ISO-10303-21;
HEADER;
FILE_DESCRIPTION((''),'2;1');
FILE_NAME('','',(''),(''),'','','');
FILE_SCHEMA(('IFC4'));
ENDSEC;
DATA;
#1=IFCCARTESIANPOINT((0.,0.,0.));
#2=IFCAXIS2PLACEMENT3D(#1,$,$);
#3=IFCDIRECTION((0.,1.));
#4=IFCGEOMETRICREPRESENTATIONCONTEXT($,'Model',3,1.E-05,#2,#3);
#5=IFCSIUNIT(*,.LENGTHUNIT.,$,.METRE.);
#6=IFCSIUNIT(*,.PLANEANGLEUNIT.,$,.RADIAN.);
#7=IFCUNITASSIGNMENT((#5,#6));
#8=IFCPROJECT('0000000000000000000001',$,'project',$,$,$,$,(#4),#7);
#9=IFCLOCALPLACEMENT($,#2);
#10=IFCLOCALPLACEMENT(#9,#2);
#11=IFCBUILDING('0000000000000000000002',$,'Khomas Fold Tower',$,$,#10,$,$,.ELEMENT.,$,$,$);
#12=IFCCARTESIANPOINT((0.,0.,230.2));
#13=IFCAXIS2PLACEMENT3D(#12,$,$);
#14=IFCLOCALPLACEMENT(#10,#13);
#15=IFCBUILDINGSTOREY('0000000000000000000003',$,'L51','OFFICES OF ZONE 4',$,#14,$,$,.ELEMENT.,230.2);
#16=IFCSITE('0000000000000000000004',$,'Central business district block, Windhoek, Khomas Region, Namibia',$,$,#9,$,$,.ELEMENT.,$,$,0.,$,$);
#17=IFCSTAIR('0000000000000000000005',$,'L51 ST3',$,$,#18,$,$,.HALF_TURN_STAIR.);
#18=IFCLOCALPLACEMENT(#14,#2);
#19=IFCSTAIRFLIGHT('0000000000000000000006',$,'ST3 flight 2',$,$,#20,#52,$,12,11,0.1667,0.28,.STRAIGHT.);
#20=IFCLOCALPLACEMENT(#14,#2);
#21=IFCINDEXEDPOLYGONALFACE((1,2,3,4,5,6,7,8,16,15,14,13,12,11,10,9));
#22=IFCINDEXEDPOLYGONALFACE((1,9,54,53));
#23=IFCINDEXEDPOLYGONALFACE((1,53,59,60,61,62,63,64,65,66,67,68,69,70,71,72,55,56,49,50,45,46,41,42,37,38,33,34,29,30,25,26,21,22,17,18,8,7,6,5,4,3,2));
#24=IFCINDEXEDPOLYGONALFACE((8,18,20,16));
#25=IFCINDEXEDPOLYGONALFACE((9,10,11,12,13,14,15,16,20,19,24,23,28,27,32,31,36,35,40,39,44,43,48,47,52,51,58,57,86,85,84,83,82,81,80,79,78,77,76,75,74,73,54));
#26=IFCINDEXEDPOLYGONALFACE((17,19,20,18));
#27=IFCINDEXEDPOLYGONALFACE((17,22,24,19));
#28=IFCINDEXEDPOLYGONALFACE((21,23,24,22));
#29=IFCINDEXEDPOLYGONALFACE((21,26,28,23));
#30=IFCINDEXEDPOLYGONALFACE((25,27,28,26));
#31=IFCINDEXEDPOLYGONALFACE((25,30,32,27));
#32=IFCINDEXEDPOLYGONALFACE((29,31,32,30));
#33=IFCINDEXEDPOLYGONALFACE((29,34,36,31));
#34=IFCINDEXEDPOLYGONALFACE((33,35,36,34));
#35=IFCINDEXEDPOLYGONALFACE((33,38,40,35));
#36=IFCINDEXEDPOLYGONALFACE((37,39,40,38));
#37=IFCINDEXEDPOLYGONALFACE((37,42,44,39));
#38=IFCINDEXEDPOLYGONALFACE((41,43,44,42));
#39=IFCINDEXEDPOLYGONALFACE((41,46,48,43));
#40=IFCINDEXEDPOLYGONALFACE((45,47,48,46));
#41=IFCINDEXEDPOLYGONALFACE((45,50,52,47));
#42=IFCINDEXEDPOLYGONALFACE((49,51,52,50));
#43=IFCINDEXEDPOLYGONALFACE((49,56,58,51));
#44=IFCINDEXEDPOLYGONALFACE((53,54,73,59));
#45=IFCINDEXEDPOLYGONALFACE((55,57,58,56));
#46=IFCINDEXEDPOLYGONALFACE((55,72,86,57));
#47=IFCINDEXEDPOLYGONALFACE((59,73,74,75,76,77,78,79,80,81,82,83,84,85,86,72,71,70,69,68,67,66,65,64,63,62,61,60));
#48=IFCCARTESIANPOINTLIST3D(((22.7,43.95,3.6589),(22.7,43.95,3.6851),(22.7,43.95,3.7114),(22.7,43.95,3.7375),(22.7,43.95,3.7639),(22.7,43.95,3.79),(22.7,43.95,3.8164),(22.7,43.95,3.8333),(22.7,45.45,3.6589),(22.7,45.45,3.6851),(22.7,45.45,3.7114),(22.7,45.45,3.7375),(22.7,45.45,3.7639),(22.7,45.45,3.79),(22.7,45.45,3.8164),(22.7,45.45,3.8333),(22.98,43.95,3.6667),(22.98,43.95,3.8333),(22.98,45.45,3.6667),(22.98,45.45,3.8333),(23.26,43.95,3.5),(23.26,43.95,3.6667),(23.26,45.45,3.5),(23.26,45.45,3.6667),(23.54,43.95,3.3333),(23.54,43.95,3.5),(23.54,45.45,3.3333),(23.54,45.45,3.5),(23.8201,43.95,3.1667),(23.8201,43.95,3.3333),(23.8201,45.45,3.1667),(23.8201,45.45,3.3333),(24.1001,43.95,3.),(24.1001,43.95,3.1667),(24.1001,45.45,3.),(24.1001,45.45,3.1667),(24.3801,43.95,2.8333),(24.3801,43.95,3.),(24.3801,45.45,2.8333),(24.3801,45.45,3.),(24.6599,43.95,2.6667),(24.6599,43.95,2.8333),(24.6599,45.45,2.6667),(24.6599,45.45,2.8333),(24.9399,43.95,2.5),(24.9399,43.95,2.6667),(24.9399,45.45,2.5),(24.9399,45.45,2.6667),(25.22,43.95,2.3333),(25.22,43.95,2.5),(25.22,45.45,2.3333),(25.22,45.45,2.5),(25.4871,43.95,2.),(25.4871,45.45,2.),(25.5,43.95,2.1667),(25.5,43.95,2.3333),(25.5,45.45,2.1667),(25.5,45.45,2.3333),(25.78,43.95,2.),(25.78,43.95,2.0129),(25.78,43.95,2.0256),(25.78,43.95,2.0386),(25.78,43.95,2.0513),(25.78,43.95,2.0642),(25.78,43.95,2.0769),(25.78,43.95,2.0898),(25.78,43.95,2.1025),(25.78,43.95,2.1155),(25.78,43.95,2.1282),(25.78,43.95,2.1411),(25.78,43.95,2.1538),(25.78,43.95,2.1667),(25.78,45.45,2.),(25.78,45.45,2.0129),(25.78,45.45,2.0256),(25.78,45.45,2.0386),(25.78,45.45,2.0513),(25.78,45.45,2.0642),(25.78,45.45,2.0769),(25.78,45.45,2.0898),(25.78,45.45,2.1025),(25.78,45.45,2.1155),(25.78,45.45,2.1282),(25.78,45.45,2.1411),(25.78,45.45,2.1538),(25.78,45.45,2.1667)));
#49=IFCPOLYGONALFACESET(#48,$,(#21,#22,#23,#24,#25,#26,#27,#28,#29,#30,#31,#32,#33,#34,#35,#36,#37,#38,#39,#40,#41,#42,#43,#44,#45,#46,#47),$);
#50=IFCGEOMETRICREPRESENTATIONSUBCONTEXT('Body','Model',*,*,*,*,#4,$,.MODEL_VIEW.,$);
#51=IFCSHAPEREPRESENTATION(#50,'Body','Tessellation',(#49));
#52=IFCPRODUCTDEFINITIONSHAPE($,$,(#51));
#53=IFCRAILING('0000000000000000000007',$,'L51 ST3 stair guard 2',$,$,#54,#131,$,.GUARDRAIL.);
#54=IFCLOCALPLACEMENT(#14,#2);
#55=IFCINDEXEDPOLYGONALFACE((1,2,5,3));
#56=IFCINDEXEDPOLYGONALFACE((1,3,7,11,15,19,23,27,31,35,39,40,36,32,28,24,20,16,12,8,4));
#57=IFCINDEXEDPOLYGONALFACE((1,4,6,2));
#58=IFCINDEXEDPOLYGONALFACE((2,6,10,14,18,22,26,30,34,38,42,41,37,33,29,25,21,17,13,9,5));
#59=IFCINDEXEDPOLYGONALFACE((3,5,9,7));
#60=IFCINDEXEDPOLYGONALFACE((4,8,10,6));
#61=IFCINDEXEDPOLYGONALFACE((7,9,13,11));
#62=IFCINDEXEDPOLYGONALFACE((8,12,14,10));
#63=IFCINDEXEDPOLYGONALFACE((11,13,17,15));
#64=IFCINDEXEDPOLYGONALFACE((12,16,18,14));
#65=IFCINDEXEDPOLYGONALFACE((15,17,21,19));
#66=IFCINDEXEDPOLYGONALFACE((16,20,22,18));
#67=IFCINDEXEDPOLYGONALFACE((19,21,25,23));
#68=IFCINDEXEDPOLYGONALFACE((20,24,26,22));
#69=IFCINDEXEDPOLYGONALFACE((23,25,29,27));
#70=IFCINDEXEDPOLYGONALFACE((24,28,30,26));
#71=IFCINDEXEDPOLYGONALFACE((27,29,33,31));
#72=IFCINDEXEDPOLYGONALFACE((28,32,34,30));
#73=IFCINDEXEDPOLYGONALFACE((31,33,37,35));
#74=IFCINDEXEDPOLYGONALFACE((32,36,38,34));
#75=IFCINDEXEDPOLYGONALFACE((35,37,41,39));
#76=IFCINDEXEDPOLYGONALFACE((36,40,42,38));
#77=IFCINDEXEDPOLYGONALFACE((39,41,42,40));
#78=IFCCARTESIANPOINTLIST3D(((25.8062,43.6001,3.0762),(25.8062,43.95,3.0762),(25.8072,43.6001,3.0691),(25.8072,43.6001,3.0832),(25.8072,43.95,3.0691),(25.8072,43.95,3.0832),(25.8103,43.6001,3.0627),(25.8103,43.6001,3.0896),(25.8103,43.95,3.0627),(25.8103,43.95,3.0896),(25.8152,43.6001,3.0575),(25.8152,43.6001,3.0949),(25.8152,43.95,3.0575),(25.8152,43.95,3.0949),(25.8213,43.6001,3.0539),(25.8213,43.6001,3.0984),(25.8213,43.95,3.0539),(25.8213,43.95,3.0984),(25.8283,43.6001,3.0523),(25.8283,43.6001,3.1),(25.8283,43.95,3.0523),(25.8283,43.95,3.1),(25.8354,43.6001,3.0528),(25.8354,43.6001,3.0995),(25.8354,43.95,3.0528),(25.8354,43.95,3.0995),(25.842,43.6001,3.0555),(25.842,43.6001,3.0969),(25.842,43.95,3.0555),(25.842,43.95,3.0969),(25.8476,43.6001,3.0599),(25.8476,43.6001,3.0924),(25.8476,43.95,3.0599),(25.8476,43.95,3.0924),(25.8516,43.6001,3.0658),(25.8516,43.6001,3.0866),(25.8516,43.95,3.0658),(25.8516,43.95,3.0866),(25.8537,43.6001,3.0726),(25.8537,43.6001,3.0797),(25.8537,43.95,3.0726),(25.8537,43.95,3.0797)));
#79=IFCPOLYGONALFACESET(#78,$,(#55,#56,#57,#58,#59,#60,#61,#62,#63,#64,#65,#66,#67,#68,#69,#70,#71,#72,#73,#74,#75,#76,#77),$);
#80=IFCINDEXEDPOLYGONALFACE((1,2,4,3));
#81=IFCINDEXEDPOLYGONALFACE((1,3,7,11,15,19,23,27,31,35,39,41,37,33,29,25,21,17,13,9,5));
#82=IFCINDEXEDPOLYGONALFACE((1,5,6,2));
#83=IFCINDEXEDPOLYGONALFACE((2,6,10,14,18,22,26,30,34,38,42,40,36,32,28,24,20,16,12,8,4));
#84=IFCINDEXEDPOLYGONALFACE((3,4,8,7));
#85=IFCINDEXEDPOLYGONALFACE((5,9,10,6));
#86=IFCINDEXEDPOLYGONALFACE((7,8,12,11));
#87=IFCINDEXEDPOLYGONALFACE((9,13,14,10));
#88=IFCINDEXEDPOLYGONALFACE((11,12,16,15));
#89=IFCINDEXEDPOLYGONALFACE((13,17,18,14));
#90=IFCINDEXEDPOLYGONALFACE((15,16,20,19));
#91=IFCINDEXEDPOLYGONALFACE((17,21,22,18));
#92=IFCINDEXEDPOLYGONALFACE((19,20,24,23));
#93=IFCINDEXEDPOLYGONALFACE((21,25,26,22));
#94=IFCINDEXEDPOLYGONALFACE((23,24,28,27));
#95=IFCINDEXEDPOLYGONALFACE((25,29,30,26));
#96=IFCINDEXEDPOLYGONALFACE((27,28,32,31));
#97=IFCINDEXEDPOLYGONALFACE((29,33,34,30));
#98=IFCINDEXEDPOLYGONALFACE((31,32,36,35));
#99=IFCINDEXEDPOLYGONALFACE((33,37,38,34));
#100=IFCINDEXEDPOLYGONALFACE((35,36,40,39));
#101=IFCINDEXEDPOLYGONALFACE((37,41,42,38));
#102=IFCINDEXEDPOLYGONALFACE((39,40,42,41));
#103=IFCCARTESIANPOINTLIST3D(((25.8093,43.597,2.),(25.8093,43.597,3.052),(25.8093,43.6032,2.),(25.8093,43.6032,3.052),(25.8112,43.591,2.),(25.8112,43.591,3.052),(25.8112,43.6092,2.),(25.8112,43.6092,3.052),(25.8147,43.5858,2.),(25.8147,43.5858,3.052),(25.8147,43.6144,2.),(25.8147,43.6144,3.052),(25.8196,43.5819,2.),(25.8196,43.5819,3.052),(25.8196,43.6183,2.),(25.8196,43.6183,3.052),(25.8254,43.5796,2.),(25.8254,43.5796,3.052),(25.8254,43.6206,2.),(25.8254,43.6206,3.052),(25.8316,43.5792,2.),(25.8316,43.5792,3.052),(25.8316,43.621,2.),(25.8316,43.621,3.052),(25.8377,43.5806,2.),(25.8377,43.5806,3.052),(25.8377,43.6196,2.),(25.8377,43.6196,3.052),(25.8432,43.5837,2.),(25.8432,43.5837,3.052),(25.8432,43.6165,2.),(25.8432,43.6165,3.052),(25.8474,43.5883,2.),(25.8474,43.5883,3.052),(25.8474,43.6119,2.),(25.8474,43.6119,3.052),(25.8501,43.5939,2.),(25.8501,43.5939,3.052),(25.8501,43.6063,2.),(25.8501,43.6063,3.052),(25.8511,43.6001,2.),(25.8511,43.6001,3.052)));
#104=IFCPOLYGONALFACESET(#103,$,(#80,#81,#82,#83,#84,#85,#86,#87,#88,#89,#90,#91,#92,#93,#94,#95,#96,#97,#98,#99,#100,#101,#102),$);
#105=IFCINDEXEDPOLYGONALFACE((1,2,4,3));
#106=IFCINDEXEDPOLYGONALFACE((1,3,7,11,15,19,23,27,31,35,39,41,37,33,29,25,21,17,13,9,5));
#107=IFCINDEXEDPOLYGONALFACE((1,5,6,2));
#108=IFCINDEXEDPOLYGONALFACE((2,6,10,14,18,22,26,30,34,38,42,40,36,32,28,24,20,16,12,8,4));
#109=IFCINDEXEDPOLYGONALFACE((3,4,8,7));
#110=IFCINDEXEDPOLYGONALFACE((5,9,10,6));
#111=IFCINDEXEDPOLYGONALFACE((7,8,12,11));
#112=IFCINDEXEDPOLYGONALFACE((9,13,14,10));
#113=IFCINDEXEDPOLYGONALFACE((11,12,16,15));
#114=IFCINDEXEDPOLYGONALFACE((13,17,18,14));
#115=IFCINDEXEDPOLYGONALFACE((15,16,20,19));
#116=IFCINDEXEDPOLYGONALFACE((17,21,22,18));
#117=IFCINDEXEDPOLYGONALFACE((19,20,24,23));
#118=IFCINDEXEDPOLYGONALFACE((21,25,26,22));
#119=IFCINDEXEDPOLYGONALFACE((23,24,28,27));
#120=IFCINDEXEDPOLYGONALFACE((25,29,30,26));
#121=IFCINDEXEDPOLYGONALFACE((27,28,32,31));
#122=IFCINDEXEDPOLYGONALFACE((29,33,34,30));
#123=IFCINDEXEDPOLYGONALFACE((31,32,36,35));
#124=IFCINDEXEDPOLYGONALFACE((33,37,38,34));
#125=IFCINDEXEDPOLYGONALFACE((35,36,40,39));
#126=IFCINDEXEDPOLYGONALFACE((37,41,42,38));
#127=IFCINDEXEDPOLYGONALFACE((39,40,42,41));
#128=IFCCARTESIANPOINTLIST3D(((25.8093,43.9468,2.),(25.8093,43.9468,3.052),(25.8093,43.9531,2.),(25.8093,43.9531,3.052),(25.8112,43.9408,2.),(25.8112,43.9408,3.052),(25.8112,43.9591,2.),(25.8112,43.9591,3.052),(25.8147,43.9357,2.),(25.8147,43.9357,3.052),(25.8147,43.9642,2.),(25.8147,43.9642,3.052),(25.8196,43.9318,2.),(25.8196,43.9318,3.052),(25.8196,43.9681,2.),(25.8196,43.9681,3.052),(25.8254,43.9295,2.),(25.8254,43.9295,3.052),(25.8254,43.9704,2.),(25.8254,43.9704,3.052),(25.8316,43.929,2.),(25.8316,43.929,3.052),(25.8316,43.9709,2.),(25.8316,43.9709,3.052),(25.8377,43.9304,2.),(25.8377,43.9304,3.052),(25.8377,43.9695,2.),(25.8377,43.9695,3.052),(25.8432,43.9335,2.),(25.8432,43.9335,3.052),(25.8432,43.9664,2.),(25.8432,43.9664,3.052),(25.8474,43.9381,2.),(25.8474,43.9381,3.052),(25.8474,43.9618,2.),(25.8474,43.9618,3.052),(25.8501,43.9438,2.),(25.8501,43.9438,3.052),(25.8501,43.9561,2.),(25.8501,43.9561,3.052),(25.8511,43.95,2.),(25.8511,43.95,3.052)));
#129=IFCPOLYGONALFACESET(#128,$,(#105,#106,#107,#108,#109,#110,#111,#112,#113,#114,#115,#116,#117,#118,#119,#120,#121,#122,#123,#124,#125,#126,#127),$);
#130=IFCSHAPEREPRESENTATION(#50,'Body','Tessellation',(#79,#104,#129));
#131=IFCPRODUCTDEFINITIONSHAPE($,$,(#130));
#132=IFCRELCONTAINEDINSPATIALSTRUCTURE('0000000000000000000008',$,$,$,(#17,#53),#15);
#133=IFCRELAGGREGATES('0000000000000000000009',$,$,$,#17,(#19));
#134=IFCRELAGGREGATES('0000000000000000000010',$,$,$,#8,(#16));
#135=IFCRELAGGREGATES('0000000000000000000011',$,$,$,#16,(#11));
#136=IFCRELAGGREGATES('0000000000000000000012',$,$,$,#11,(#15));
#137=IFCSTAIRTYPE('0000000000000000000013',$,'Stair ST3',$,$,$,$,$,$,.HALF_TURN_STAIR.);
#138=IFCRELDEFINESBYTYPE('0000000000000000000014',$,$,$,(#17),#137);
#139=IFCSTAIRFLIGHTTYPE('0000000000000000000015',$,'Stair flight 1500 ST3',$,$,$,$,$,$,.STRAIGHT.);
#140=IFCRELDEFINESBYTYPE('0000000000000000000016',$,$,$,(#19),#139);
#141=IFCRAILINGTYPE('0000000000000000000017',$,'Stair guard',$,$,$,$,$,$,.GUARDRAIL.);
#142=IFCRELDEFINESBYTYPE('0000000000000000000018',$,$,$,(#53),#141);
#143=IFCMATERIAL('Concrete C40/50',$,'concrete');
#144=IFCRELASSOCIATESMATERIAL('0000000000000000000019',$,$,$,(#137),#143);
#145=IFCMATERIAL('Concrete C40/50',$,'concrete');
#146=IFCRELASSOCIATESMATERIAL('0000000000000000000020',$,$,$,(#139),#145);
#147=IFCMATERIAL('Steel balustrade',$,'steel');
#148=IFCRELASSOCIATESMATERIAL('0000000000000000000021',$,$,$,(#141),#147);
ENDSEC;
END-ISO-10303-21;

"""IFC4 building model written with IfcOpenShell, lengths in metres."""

from ifc_helpers import new_model, si_unit, direction, frame, origin, origin_2d, place, context, subcontext, project, spatial, polyline, circle, outline, extrude, source, transform, mapped, material, type_object, element, aggregate, save


model = new_model("IFC4")

# Units and contexts
model_context = context("Model", 3, precision=1e-05, world=origin(), true_north=direction((0.0, 1.0)))
body_context = subcontext(model_context, "Body", "Model", "MODEL_VIEW")
ifc_project = project(units=[si_unit("LENGTHUNIT", "METRE"), si_unit("PLANEANGLEUNIT", "RADIAN")], contexts=[model_context])

# Site, building, storey
site_placement = place(None, origin())
site = spatial("IfcSite", under=ifc_project, at=site_placement, Name="Central business district block, Windhoek, Khomas Region, Namibia", CompositionType="ELEMENT", RefElevation=0.0)
building_placement = place(site_placement, origin())
building = spatial("IfcBuilding", under=site, at=building_placement, Name="Khomas Fold Tower", CompositionType="ELEMENT")
storey_placement = place(building_placement, frame((0.0, 0.0, 230.2)))
storey = spatial("IfcBuildingStorey", under=building, at=storey_placement, Name="L51", Description="OFFICES OF ZONE 4", CompositionType="ELEMENT", Elevation=230.2)

# Stair, stair flight
ifc_material_1 = material(Name="Concrete C40/50", Category="concrete")
stair_type = type_object("IfcStairType", Name="Stair ST3", PredefinedType="HALF_TURN_STAIR", material=ifc_material_1)
stair_placement = place(storey_placement, origin())
stair = element("IfcStair", 1, at=stair_placement, inside=storey, type_object=stair_type, Name="L51 ST3", PredefinedType="HALF_TURN_STAIR")
ifc_material_2 = material(Name="Concrete C40/50", Category="concrete")
stair_flight_type = type_object("IfcStairFlightType", Name="Stair flight 1500 ST3", PredefinedType="STRAIGHT", material=ifc_material_2)
shared_shape_1 = source(origin(), body_context, "Body", "SweptSolid", [
    extrude(outline(polyline([(0.0, 0.0), (0.0, 0.0129), (0.0, 0.0256), (0.0, 0.0386), (0.0, 0.0513), (0.0, 0.0642), (0.0, 0.0769), (0.0, 0.0898), (0.0, 0.1025), (0.0, 0.1155), (0.0, 0.1282), (0.0, 0.1411), (0.0, 0.1538), (0.0, 0.1667), (0.28, 0.1667), (0.28, 0.3333), (0.5601, 0.3333), (0.5601, 0.5), (0.8401, 0.5), (0.8401, 0.6667), (1.1201, 0.6667), (1.1201, 0.8333), (1.3999, 0.8333), (1.3999, 1.0), (1.6799, 1.0), (1.6799, 1.1667), (1.96, 1.1667), (1.96, 1.3333), (2.24, 1.3333), (2.24, 1.5), (2.52, 1.5), (2.52, 1.6667), (2.8, 1.6667), (2.8, 1.8333), (3.0801, 1.8333), (3.0801, 2.0), (3.0801, 1.9739), (3.0801, 1.9475), (3.0801, 1.9214), (3.0801, 1.895), (3.0801, 1.8689), (3.0801, 1.8425), (3.0801, 1.8164), (3.0801, 1.79), (3.0801, 1.7639), (3.0801, 1.7375), (3.0801, 1.7114), (3.0801, 1.6851), (3.0801, 1.6589), (0.293, 0.0), (0.0, 0.0)])), frame((0.0, 0.75, 0.0), z_axis=(0.0, -1.0, 0.0), x_axis=(1.0, 0.0, 0.0)), (0.0, 0.0, 1.0), 1.5),
])
stair_flight_1_placement = place(storey_placement, frame((25.78, 44.7, 2.0), z_axis=(0.0, 0.0, 1.0), x_axis=(-1.0, 0.0, 0.0)))
stair_flight_1 = element("IfcStairFlight", 2, at=stair_flight_1_placement, type_object=stair_flight_type, Name="ST3 flight 2", NumberOfRisers=12, NumberOfTreads=11, PredefinedType="STRAIGHT", RiserHeight=0.1667, TreadLength=0.28, context=body_context, shape_type="MappedRepresentation", body=[
    mapped(shared_shape_1, transform((0.0, 0.0, 0.0))),
])
aggregate(stair, [stair_flight_1])

# Railing
ifc_material_3 = material(Name="Steel balustrade", Category="steel")
railing_type_1 = type_object("IfcRailingType", Name="Stair guard", PredefinedType="GUARDRAIL", material=ifc_material_3)
shared_shape_2 = source(origin(), body_context, "Body", "SweptSolid", [
    extrude(circle(Radius=0.0239, at=origin_2d()), frame((0.0, 0.0, 1.0762), z_axis=(0.0, 1.0, 0.0), x_axis=(-1.0, 0.0, 0.0)), (0.0, 0.0, 1.0), 0.3499),
    extrude(circle(Radius=0.021, at=origin_2d()), origin(), (0.0, 0.0, 1.0), 1.052),
    extrude(circle(Radius=0.021, at=origin_2d()), frame((0.0, 0.3499, 0.0)), (0.0, 0.0, 1.0), 1.052),
])
for number, where, name in (
    (3, (25.8301, 43.6001, 2.0), "L51 ST3 stair guard 2"),
):
    element("IfcRailing", number, at=place(storey_placement, frame(where)), inside=storey, type_object=railing_type_1, Name=name, PredefinedType="GUARDRAIL", context=body_context, shape_type="MappedRepresentation", body=[
        mapped(shared_shape_2, transform((0.0, 0.0, 0.0))),
    ])

save(model, "model.ifc")
